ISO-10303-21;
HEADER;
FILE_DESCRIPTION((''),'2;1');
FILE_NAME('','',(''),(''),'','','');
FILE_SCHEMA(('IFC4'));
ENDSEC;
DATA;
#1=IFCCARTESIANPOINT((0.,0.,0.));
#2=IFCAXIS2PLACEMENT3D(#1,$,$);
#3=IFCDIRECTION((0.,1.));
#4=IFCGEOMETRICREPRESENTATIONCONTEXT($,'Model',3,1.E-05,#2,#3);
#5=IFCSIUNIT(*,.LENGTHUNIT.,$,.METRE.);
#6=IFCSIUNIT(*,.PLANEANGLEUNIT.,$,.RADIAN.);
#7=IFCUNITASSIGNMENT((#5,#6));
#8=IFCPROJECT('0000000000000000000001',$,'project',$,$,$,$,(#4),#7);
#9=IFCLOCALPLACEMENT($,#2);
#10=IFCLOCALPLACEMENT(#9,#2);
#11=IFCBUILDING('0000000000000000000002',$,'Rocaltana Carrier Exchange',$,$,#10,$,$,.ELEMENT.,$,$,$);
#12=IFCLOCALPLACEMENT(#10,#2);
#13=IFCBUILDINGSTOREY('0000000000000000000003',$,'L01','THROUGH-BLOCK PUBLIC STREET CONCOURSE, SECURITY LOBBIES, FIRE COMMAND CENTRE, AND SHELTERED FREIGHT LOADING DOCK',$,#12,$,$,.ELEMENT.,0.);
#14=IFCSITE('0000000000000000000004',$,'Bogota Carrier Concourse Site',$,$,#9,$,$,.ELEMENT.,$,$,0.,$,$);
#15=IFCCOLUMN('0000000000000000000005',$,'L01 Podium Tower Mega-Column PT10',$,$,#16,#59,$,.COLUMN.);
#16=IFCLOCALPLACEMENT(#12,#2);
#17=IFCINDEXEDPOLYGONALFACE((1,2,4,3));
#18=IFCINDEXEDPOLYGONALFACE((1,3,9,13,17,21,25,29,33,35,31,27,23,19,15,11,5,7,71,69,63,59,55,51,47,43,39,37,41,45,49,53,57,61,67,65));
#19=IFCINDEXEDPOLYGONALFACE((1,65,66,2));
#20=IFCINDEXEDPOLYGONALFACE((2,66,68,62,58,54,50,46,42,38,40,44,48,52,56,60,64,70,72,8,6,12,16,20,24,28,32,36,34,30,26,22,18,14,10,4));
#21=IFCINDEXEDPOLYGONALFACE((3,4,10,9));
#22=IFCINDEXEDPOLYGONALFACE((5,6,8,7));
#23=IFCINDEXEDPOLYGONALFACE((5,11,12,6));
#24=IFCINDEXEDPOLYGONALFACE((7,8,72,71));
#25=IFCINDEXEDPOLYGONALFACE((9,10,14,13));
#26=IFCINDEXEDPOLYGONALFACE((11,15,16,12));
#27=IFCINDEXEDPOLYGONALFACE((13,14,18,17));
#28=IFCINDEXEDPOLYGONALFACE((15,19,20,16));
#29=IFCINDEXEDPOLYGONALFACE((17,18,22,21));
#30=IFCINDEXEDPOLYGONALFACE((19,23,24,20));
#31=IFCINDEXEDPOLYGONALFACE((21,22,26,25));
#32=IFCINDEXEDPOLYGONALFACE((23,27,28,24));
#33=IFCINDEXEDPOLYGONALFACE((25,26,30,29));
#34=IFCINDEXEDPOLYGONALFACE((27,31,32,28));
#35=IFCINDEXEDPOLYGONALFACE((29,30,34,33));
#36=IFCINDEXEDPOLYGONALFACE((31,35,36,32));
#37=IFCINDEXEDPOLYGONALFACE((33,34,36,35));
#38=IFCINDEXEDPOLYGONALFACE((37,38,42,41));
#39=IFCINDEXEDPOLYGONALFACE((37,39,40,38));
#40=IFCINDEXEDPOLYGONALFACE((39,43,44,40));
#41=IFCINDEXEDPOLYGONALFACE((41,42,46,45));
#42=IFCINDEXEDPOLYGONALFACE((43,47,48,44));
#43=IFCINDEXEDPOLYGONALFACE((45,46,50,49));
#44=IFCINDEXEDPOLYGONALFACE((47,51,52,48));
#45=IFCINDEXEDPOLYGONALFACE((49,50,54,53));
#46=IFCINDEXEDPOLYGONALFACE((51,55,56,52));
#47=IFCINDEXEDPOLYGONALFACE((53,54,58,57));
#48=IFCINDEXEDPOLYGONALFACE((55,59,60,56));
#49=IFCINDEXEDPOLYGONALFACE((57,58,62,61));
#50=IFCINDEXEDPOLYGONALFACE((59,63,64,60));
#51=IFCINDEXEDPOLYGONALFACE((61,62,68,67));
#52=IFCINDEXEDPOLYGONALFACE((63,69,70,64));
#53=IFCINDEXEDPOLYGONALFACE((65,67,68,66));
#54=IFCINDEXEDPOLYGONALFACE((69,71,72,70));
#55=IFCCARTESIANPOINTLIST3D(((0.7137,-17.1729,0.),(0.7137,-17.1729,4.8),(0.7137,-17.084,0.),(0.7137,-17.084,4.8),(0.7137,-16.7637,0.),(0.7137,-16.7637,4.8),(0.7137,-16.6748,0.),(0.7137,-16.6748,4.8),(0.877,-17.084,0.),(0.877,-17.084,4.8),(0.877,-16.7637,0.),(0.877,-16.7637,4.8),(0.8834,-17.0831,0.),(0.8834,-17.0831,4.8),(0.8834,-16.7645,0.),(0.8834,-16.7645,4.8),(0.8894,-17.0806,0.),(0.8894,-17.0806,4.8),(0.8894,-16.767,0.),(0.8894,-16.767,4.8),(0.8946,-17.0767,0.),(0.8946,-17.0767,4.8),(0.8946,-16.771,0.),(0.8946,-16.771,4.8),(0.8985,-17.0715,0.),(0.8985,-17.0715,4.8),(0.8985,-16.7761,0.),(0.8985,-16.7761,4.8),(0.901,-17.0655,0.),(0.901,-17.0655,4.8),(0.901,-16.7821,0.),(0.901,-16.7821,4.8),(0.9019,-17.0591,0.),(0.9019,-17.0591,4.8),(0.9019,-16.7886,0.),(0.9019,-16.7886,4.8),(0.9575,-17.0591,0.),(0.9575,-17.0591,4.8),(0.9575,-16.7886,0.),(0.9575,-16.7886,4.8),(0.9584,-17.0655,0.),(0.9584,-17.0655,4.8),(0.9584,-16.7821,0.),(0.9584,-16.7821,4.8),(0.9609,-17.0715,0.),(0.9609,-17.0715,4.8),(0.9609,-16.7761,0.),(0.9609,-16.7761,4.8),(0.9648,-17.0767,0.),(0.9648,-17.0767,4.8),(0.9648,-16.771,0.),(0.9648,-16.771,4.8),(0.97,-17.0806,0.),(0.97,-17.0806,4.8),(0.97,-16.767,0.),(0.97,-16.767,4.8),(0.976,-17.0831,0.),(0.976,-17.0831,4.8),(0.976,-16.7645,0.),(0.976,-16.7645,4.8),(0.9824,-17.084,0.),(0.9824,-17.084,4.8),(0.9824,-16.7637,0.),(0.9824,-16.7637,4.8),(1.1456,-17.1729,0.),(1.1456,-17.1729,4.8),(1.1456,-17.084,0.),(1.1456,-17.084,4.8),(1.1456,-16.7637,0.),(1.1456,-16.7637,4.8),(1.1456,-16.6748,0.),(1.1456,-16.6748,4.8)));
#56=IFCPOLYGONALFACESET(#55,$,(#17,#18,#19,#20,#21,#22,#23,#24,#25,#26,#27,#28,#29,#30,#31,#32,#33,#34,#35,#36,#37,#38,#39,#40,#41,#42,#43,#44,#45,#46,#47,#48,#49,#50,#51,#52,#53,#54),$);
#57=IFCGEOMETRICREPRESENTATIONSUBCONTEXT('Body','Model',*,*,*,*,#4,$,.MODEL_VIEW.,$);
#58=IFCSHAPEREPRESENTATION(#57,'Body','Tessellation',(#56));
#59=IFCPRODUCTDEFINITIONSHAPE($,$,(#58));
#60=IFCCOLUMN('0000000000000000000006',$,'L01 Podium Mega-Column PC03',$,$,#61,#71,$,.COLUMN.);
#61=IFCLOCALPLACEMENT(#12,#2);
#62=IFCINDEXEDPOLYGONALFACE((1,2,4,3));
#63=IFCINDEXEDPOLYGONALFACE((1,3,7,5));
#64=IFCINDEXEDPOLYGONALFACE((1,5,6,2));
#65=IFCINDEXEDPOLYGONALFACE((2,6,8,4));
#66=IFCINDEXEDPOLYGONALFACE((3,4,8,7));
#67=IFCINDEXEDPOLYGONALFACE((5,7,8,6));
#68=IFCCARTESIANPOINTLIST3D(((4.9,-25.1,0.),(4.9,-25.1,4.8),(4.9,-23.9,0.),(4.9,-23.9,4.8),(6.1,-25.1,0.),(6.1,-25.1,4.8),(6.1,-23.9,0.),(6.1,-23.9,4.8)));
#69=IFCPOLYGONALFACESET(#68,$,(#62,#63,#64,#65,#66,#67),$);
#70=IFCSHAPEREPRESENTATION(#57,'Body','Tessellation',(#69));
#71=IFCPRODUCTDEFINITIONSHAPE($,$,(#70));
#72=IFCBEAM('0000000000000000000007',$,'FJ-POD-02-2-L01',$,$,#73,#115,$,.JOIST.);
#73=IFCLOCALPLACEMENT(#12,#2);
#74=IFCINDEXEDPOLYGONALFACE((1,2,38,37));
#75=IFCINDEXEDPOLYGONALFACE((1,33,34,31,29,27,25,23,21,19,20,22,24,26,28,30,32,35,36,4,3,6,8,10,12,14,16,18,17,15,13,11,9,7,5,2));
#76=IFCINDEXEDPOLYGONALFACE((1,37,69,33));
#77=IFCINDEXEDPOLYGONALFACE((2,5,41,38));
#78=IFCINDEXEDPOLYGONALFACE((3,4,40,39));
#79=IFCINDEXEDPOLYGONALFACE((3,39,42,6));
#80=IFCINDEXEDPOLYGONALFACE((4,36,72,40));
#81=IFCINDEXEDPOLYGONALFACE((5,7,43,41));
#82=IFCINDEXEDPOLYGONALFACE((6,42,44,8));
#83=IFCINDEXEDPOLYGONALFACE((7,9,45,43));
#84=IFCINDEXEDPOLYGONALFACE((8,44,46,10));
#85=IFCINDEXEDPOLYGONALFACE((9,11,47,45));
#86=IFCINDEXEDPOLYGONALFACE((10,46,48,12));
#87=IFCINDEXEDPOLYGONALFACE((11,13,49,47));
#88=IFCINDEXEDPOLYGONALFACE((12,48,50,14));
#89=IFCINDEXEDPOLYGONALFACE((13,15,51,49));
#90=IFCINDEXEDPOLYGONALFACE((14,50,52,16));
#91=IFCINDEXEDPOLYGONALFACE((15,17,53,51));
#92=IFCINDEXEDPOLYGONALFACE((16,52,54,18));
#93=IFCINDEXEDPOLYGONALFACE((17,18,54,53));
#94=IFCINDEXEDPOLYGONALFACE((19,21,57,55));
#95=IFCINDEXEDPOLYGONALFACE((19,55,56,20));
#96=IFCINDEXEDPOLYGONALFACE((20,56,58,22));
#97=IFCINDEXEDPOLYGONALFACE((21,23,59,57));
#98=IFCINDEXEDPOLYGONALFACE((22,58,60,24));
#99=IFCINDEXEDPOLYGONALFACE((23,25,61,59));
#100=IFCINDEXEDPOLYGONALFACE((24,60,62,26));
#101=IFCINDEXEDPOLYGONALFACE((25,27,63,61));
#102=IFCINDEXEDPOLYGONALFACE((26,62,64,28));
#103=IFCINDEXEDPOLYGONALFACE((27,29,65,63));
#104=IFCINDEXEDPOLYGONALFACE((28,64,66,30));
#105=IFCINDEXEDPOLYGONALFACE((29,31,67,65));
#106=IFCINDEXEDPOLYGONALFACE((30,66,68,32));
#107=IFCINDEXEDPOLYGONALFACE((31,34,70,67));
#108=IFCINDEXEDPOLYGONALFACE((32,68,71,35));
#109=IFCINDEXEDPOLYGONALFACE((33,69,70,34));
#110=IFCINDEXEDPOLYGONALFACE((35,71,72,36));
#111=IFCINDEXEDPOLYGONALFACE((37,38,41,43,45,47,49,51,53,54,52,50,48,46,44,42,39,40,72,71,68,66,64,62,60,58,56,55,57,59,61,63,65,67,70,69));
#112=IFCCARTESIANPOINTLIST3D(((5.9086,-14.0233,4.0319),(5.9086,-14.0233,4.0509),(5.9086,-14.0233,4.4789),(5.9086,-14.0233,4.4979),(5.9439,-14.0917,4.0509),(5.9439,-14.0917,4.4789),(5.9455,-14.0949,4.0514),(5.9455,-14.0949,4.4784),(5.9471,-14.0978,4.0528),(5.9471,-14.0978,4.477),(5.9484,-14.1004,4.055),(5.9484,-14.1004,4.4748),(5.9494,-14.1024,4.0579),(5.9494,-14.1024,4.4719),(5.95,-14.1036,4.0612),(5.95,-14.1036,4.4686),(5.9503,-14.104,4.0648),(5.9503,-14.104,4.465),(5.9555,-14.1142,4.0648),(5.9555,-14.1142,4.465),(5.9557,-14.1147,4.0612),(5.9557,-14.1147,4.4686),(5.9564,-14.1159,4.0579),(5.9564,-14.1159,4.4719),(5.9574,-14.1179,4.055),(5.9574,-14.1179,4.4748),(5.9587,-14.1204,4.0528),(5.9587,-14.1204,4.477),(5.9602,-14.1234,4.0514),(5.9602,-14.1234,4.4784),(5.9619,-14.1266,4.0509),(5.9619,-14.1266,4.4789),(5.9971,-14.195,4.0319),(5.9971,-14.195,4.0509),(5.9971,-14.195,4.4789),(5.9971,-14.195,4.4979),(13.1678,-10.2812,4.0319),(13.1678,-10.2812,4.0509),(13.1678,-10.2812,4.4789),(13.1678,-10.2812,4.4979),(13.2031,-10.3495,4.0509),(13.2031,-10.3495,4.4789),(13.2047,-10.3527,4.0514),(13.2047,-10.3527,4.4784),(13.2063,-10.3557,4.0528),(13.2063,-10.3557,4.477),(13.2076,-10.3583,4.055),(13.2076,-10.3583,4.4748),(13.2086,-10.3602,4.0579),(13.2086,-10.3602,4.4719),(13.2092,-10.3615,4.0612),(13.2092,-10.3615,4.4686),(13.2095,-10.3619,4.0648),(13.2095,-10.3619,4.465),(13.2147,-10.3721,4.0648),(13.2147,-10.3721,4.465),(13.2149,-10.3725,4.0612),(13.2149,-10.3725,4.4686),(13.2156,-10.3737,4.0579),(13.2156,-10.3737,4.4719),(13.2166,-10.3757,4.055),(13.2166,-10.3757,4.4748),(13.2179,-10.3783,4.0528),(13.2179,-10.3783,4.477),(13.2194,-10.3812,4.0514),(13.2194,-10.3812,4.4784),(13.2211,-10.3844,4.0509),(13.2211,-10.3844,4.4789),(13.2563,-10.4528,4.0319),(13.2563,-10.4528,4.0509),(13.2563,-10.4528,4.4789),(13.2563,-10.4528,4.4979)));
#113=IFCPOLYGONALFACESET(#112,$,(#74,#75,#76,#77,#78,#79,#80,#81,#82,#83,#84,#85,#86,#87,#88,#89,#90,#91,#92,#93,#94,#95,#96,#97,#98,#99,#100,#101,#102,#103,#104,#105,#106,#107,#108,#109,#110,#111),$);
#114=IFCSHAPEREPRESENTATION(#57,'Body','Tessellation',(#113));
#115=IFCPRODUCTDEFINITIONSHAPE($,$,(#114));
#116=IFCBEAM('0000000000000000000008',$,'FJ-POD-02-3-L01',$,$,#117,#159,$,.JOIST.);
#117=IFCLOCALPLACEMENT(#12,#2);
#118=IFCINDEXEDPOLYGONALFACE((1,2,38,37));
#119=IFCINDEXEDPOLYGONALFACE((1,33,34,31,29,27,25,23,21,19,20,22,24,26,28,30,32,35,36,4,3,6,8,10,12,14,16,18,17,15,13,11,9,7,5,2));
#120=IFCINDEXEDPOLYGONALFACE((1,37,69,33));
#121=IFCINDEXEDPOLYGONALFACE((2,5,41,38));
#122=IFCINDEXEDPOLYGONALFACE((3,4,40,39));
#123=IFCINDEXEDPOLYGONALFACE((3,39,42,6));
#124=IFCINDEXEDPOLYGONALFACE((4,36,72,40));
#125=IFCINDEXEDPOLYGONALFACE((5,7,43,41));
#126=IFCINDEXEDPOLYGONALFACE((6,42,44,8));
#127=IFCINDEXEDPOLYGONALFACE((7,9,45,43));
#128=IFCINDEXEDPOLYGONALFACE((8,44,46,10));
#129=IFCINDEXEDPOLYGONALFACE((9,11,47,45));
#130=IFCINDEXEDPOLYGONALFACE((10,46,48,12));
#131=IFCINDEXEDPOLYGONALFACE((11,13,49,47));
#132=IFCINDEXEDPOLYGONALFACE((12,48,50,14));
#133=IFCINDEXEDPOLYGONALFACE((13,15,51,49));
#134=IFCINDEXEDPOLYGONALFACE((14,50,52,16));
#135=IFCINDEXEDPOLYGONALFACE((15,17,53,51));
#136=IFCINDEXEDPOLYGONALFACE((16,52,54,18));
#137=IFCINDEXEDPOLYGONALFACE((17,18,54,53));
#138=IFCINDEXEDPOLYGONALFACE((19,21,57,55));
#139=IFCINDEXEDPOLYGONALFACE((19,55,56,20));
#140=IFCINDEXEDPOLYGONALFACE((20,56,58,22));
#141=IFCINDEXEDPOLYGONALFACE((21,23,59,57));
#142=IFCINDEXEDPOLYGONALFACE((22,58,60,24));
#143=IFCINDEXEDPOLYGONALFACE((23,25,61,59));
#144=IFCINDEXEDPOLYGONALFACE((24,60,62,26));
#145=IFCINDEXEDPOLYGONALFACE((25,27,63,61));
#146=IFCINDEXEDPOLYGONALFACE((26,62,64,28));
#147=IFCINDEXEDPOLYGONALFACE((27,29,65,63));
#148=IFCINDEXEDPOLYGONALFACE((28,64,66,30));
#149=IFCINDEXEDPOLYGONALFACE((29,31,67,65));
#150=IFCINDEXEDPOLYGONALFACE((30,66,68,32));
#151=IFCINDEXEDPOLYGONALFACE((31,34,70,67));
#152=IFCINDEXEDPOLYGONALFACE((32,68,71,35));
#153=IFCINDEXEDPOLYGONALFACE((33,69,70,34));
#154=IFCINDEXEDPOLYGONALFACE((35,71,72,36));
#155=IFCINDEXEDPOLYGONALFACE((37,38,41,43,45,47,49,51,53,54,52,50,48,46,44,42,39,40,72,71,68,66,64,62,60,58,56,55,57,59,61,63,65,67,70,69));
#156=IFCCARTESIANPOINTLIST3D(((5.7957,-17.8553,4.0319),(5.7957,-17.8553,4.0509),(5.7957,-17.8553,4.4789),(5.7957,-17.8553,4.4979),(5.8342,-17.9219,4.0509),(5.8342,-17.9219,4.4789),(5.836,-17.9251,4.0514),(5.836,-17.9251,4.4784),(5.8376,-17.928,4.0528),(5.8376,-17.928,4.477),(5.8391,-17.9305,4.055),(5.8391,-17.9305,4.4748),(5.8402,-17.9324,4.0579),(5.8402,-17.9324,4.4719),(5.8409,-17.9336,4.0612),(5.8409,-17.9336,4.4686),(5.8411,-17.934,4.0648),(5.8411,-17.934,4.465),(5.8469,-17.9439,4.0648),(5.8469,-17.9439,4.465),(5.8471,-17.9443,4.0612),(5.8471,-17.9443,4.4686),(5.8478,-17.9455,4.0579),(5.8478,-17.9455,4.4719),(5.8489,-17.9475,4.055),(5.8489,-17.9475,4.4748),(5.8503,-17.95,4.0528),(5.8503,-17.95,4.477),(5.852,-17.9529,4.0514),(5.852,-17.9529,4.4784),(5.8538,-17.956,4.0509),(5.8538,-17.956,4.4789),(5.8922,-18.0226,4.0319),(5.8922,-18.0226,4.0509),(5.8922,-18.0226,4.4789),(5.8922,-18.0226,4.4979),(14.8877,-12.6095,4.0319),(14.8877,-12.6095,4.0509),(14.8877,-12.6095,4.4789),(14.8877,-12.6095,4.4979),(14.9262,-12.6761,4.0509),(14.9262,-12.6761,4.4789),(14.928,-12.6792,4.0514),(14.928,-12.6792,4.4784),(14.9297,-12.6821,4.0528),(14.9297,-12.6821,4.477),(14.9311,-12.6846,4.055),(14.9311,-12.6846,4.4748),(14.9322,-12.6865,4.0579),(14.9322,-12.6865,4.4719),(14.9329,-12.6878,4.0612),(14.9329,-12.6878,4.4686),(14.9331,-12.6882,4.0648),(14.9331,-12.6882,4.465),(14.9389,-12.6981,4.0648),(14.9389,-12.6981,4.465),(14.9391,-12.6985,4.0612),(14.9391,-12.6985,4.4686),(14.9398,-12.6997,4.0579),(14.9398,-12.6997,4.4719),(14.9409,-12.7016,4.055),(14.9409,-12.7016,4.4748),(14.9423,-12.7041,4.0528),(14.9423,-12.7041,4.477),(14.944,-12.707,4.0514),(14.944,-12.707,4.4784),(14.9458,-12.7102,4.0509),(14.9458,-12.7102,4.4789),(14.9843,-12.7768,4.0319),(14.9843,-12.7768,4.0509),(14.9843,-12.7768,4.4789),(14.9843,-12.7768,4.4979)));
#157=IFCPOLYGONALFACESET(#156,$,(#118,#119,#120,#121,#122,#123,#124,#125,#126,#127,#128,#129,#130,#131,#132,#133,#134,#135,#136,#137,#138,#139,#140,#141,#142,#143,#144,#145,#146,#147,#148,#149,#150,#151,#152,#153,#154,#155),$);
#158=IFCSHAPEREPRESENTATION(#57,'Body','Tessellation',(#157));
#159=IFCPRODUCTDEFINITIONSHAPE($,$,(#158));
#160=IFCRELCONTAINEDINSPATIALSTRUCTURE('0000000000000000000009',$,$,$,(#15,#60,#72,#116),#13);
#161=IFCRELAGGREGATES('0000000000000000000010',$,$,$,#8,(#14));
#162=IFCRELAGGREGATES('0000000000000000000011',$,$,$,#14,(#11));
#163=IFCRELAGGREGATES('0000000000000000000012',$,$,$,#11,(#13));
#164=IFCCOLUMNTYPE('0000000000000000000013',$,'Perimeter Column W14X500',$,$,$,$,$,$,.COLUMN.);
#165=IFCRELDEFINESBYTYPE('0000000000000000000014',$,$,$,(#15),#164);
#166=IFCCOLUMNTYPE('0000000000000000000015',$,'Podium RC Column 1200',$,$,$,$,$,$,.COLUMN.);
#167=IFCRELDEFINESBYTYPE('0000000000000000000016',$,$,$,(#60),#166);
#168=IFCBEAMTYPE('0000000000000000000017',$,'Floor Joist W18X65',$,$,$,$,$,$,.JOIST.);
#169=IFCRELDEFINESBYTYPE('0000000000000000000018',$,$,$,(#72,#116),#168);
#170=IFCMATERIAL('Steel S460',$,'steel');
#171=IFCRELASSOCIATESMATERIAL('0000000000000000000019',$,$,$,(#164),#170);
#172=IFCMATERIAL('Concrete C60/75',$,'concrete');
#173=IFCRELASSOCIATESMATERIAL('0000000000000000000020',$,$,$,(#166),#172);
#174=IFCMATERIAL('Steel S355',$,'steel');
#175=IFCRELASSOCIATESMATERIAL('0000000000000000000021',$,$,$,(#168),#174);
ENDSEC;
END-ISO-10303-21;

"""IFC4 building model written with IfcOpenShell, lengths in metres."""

from ifc_helpers import new_model, si_unit, direction, frame, origin, origin_2d, place, context, subcontext, project, spatial, rectangle, i_section, extrude, material, material_profile, profile_set, type_object, element, save


model = new_model("IFC4")

# Units and contexts
model_context = context("Model", 3, precision=1e-05, world=origin(), true_north=direction((0.0, 1.0)))
body_context = subcontext(model_context, "Body", "Model", "MODEL_VIEW")
ifc_project = project(units=[si_unit("LENGTHUNIT", "METRE"), si_unit("PLANEANGLEUNIT", "RADIAN")], contexts=[model_context])

# Site, building, storey
site_placement = place(None, origin())
site = spatial("IfcSite", under=ifc_project, at=site_placement, Name="Bogota Carrier Concourse Site", CompositionType="ELEMENT", RefElevation=0.0)
building_placement = place(site_placement, origin())
building = spatial("IfcBuilding", under=site, at=building_placement, Name="Rocaltana Carrier Exchange", CompositionType="ELEMENT")
storey_placement = place(building_placement, origin())
storey = spatial("IfcBuildingStorey", under=building, at=storey_placement, Name="L01", Description="THROUGH-BLOCK PUBLIC STREET CONCOURSE, SECURITY LOBBIES, FIRE COMMAND CENTRE, AND SHELTERED FREIGHT LOADING DOCK", CompositionType="ELEMENT", Elevation=0.0)

# Columns
ifc_material_1 = material(Name="Steel S460", Category="steel")
ifc_material_profile_1 = material_profile(ifc_material_1, i_section(OverallWidth=0.4319, OverallDepth=0.498, WebThickness=0.0557, FlangeThickness=0.0889, FilletRadius=0.0249, at=origin_2d()), Name="W14X500")
ifc_profile_set_1 = profile_set([ifc_material_profile_1], Name="Steel S460")
column_type_1 = type_object("IfcColumnType", Name="Perimeter Column W14X500", PredefinedType="COLUMN", material=ifc_profile_set_1)
column_1_placement = place(storey_placement, frame((0.9297, -16.9238, 0.0), z_axis=(0.0, 0.0, 1.0), x_axis=(1.0, 0.0, 0.0)))
element("IfcColumn", 1, at=column_1_placement, inside=storey, type_object=column_type_1, Name="L01 Podium Tower Mega-Column PT10", PredefinedType="COLUMN", context=body_context, shape_type="SweptSolid", body=[
    extrude(i_section(OverallWidth=0.4319, OverallDepth=0.498, WebThickness=0.0557, FlangeThickness=0.0889, FilletRadius=0.0249, at=origin_2d()), origin(), (0.0, 0.0, 1.0), 4.8),
])
ifc_material_2 = material(Name="Concrete C60/75", Category="concrete")
ifc_material_profile_2 = material_profile(ifc_material_2, rectangle(XDim=1.2, YDim=1.2, at=origin_2d()), Name="RC-COL-1200X1200")
ifc_profile_set_2 = profile_set([ifc_material_profile_2], Name="Concrete C60/75")
column_type_2 = type_object("IfcColumnType", Name="Podium RC Column 1200", PredefinedType="COLUMN", material=ifc_profile_set_2)
column_2_placement = place(storey_placement, frame((5.5, -24.5, 0.0), z_axis=(0.0, 0.0, 1.0), x_axis=(1.0, 0.0, 0.0)))
element("IfcColumn", 2, at=column_2_placement, inside=storey, type_object=column_type_2, Name="L01 Podium Mega-Column PC03", PredefinedType="COLUMN", context=body_context, shape_type="SweptSolid", body=[
    extrude(rectangle(XDim=1.2, YDim=1.2, at=origin_2d()), origin(), (0.0, 0.0, 1.0), 4.8),
])

# Beams
ifc_material_3 = material(Name="Steel S355", Category="steel")
ifc_material_profile_3 = material_profile(ifc_material_3, i_section(OverallWidth=0.1931, OverallDepth=0.4661, WebThickness=0.0115, FlangeThickness=0.019, FilletRadius=0.0139, at=origin_2d()), Name="W18X65")
ifc_profile_set_3 = profile_set([ifc_material_profile_3], Name="Steel S355")
beam_type_1 = type_object("IfcBeamType", Name="Floor Joist W18X65", PredefinedType="JOIST", material=ifc_profile_set_3)
beam_1_placement = place(storey_placement, frame((5.9529, -14.1091, 4.2649), z_axis=(0.888847, 0.458204, 0.0), x_axis=(-0.458204, 0.888847, 0.0)))
element("IfcBeam", 3, at=beam_1_placement, inside=storey, type_object=beam_type_1, Name="FJ-POD-02-2-L01", PredefinedType="JOIST", context=body_context, shape_type="SweptSolid", body=[
    extrude(i_section(OverallWidth=0.1931, OverallDepth=0.4661, WebThickness=0.0115, FlangeThickness=0.019, FilletRadius=0.0139, at=origin_2d()), origin(), (0.0, 0.0, 1.0), 8.167),
])
beam_2_placement = place(storey_placement, frame((5.844, -17.939, 4.2649), z_axis=(0.866167, 0.499754, 0.0), x_axis=(-0.499754, 0.866167, 0.0)))
element("IfcBeam", 4, at=beam_2_placement, inside=storey, type_object=beam_type_1, Name="FJ-POD-02-3-L01", PredefinedType="JOIST", context=body_context, shape_type="SweptSolid", body=[
    extrude(i_section(OverallWidth=0.1931, OverallDepth=0.4661, WebThickness=0.0115, FlangeThickness=0.019, FilletRadius=0.0139, at=origin_2d()), origin(), (0.0, 0.0, 1.0), 10.4968),
])

save(model, "model.ifc")
